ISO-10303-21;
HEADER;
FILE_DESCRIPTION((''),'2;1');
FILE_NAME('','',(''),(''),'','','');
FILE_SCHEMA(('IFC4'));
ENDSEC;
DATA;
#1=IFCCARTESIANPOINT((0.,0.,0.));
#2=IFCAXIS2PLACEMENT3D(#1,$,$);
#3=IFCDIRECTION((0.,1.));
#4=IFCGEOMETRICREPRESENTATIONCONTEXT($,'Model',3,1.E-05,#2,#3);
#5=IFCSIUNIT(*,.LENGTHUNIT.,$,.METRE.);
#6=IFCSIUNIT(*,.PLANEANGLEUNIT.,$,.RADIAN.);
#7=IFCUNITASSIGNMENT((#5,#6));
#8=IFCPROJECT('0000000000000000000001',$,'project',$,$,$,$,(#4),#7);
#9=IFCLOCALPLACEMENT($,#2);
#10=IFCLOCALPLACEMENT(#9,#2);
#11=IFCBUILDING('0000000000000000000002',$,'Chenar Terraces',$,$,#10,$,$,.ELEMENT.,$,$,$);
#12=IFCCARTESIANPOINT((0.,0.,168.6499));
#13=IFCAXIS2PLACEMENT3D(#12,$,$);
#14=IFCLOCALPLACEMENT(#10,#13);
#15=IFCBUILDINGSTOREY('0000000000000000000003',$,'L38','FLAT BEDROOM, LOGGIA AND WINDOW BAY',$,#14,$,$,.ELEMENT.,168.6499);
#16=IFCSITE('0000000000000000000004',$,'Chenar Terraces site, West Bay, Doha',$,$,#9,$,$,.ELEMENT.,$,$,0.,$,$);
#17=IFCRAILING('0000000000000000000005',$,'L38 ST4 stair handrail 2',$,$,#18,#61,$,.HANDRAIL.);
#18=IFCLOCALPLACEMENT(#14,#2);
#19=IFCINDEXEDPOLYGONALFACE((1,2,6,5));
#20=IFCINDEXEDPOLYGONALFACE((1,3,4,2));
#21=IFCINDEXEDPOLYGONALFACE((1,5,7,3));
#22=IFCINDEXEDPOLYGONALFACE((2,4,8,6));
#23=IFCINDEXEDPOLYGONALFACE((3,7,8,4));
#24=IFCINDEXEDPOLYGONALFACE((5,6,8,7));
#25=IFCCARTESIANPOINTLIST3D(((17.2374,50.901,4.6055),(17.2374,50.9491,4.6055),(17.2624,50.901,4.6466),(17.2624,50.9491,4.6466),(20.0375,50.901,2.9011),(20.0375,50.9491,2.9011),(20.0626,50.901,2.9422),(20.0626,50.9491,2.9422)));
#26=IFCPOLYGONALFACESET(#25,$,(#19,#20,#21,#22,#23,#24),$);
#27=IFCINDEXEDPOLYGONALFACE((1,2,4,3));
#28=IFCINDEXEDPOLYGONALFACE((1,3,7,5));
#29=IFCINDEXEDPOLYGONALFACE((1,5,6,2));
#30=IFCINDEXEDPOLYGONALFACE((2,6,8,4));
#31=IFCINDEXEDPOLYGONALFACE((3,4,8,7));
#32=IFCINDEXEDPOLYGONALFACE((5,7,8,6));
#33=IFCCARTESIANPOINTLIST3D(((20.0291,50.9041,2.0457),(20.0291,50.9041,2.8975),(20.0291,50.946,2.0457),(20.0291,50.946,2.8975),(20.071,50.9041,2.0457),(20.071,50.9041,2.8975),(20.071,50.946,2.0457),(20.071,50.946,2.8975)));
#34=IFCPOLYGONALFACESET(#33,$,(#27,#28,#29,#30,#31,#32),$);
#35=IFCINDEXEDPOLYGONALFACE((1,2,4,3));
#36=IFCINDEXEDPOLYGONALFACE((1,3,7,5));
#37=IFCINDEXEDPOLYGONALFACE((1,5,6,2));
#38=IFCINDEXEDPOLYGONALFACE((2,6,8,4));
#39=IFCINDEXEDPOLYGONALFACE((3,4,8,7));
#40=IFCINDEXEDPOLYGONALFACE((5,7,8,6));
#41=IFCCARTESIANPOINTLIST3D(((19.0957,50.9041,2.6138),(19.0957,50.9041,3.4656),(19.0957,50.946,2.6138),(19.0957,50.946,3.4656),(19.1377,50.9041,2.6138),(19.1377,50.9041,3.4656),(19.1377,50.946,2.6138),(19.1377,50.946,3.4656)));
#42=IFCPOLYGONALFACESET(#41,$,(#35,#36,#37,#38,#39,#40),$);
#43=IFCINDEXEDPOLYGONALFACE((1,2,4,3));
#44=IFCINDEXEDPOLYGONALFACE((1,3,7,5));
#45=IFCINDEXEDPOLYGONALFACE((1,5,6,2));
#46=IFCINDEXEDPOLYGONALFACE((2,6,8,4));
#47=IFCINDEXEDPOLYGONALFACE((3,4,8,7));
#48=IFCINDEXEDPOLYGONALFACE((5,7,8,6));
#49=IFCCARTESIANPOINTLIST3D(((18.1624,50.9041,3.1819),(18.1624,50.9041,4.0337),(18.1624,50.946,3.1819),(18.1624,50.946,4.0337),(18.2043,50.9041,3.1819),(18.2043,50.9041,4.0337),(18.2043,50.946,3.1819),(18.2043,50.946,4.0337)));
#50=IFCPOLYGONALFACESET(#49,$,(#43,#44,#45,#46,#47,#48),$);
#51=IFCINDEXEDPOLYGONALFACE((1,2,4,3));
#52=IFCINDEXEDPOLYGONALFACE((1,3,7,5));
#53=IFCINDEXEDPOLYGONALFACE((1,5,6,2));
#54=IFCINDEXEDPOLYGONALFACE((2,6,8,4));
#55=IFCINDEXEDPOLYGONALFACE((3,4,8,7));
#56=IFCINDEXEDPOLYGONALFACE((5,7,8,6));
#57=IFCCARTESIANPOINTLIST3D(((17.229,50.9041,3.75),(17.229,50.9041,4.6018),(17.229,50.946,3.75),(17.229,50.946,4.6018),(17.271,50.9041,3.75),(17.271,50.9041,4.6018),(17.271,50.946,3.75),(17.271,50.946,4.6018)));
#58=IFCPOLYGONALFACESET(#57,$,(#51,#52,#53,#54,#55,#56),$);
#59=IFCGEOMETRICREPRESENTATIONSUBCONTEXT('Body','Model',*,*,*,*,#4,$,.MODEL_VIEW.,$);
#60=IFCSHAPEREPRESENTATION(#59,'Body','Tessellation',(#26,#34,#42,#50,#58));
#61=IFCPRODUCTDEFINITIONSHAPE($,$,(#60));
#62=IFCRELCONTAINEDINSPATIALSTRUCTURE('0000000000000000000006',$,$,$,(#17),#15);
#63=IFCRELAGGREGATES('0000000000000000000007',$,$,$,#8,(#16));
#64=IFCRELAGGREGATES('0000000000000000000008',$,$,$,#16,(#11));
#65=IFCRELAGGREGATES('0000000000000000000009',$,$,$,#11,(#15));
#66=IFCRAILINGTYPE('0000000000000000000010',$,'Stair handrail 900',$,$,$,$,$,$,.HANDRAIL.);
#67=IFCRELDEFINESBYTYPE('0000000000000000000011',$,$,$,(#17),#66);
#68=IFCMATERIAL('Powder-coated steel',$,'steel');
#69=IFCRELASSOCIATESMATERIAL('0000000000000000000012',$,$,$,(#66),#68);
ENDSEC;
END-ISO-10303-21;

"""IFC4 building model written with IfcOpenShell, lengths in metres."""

from ifc_helpers import new_model, si_unit, direction, frame, origin, origin_2d, place, context, subcontext, project, spatial, rectangle, extrude, material, type_object, element, save


model = new_model("IFC4")

# Units and contexts
model_context = context("Model", 3, precision=1e-05, world=origin(), true_north=direction((0.0, 1.0)))
body_context = subcontext(model_context, "Body", "Model", "MODEL_VIEW")
ifc_project = project(units=[si_unit("LENGTHUNIT", "METRE"), si_unit("PLANEANGLEUNIT", "RADIAN")], contexts=[model_context])

# Site, building, storey
site_placement = place(None, origin())
site = spatial("IfcSite", under=ifc_project, at=site_placement, Name="Chenar Terraces site, West Bay, Doha", CompositionType="ELEMENT", RefElevation=0.0)
building_placement = place(site_placement, origin())
building = spatial("IfcBuilding", under=site, at=building_placement, Name="Chenar Terraces", CompositionType="ELEMENT")
storey_placement = place(building_placement, frame((0.0, 0.0, 168.6499)))
storey = spatial("IfcBuildingStorey", under=building, at=storey_placement, Name="L38", Description="FLAT BEDROOM, LOGGIA AND WINDOW BAY", CompositionType="ELEMENT", Elevation=168.6499)

# Railing
ifc_material_1 = material(Name="Powder-coated steel", Category="steel")
railing_type_1 = type_object("IfcRailingType", Name="Stair handrail 900", PredefinedType="HANDRAIL", material=ifc_material_1)
railing_1_placement = place(storey_placement, frame((20.05, 50.925, 2.0457)))
element("IfcRailing", 1, at=railing_1_placement, inside=storey, type_object=railing_type_1, Name="L38 ST4 stair handrail 2", PredefinedType="HANDRAIL", context=body_context, shape_type="SweptSolid", body=[
    extrude(rectangle(XDim=0.0481, YDim=0.0481, at=origin_2d()), frame((0.0, 0.0, 0.876), z_axis=(-0.854203, 0.0, 0.51994), x_axis=(0.0, -1.0, 0.0)), (0.0, 0.0, 1.0), 3.2781),
    extrude(rectangle(XDim=0.042, YDim=0.042, at=origin_2d()), origin(), (0.0, 0.0, 1.0), 0.8518),
    extrude(rectangle(XDim=0.042, YDim=0.042, at=origin_2d()), frame((-0.9333, 0.0, 0.5681)), (0.0, 0.0, 1.0), 0.8518),
    extrude(rectangle(XDim=0.042, YDim=0.042, at=origin_2d()), frame((-1.8667, 0.0, 1.1362)), (0.0, 0.0, 1.0), 0.8518),
    extrude(rectangle(XDim=0.042, YDim=0.042, at=origin_2d()), frame((-2.8, 0.0, 1.7043)), (0.0, 0.0, 1.0), 0.8518),
])

save(model, "model.ifc")
